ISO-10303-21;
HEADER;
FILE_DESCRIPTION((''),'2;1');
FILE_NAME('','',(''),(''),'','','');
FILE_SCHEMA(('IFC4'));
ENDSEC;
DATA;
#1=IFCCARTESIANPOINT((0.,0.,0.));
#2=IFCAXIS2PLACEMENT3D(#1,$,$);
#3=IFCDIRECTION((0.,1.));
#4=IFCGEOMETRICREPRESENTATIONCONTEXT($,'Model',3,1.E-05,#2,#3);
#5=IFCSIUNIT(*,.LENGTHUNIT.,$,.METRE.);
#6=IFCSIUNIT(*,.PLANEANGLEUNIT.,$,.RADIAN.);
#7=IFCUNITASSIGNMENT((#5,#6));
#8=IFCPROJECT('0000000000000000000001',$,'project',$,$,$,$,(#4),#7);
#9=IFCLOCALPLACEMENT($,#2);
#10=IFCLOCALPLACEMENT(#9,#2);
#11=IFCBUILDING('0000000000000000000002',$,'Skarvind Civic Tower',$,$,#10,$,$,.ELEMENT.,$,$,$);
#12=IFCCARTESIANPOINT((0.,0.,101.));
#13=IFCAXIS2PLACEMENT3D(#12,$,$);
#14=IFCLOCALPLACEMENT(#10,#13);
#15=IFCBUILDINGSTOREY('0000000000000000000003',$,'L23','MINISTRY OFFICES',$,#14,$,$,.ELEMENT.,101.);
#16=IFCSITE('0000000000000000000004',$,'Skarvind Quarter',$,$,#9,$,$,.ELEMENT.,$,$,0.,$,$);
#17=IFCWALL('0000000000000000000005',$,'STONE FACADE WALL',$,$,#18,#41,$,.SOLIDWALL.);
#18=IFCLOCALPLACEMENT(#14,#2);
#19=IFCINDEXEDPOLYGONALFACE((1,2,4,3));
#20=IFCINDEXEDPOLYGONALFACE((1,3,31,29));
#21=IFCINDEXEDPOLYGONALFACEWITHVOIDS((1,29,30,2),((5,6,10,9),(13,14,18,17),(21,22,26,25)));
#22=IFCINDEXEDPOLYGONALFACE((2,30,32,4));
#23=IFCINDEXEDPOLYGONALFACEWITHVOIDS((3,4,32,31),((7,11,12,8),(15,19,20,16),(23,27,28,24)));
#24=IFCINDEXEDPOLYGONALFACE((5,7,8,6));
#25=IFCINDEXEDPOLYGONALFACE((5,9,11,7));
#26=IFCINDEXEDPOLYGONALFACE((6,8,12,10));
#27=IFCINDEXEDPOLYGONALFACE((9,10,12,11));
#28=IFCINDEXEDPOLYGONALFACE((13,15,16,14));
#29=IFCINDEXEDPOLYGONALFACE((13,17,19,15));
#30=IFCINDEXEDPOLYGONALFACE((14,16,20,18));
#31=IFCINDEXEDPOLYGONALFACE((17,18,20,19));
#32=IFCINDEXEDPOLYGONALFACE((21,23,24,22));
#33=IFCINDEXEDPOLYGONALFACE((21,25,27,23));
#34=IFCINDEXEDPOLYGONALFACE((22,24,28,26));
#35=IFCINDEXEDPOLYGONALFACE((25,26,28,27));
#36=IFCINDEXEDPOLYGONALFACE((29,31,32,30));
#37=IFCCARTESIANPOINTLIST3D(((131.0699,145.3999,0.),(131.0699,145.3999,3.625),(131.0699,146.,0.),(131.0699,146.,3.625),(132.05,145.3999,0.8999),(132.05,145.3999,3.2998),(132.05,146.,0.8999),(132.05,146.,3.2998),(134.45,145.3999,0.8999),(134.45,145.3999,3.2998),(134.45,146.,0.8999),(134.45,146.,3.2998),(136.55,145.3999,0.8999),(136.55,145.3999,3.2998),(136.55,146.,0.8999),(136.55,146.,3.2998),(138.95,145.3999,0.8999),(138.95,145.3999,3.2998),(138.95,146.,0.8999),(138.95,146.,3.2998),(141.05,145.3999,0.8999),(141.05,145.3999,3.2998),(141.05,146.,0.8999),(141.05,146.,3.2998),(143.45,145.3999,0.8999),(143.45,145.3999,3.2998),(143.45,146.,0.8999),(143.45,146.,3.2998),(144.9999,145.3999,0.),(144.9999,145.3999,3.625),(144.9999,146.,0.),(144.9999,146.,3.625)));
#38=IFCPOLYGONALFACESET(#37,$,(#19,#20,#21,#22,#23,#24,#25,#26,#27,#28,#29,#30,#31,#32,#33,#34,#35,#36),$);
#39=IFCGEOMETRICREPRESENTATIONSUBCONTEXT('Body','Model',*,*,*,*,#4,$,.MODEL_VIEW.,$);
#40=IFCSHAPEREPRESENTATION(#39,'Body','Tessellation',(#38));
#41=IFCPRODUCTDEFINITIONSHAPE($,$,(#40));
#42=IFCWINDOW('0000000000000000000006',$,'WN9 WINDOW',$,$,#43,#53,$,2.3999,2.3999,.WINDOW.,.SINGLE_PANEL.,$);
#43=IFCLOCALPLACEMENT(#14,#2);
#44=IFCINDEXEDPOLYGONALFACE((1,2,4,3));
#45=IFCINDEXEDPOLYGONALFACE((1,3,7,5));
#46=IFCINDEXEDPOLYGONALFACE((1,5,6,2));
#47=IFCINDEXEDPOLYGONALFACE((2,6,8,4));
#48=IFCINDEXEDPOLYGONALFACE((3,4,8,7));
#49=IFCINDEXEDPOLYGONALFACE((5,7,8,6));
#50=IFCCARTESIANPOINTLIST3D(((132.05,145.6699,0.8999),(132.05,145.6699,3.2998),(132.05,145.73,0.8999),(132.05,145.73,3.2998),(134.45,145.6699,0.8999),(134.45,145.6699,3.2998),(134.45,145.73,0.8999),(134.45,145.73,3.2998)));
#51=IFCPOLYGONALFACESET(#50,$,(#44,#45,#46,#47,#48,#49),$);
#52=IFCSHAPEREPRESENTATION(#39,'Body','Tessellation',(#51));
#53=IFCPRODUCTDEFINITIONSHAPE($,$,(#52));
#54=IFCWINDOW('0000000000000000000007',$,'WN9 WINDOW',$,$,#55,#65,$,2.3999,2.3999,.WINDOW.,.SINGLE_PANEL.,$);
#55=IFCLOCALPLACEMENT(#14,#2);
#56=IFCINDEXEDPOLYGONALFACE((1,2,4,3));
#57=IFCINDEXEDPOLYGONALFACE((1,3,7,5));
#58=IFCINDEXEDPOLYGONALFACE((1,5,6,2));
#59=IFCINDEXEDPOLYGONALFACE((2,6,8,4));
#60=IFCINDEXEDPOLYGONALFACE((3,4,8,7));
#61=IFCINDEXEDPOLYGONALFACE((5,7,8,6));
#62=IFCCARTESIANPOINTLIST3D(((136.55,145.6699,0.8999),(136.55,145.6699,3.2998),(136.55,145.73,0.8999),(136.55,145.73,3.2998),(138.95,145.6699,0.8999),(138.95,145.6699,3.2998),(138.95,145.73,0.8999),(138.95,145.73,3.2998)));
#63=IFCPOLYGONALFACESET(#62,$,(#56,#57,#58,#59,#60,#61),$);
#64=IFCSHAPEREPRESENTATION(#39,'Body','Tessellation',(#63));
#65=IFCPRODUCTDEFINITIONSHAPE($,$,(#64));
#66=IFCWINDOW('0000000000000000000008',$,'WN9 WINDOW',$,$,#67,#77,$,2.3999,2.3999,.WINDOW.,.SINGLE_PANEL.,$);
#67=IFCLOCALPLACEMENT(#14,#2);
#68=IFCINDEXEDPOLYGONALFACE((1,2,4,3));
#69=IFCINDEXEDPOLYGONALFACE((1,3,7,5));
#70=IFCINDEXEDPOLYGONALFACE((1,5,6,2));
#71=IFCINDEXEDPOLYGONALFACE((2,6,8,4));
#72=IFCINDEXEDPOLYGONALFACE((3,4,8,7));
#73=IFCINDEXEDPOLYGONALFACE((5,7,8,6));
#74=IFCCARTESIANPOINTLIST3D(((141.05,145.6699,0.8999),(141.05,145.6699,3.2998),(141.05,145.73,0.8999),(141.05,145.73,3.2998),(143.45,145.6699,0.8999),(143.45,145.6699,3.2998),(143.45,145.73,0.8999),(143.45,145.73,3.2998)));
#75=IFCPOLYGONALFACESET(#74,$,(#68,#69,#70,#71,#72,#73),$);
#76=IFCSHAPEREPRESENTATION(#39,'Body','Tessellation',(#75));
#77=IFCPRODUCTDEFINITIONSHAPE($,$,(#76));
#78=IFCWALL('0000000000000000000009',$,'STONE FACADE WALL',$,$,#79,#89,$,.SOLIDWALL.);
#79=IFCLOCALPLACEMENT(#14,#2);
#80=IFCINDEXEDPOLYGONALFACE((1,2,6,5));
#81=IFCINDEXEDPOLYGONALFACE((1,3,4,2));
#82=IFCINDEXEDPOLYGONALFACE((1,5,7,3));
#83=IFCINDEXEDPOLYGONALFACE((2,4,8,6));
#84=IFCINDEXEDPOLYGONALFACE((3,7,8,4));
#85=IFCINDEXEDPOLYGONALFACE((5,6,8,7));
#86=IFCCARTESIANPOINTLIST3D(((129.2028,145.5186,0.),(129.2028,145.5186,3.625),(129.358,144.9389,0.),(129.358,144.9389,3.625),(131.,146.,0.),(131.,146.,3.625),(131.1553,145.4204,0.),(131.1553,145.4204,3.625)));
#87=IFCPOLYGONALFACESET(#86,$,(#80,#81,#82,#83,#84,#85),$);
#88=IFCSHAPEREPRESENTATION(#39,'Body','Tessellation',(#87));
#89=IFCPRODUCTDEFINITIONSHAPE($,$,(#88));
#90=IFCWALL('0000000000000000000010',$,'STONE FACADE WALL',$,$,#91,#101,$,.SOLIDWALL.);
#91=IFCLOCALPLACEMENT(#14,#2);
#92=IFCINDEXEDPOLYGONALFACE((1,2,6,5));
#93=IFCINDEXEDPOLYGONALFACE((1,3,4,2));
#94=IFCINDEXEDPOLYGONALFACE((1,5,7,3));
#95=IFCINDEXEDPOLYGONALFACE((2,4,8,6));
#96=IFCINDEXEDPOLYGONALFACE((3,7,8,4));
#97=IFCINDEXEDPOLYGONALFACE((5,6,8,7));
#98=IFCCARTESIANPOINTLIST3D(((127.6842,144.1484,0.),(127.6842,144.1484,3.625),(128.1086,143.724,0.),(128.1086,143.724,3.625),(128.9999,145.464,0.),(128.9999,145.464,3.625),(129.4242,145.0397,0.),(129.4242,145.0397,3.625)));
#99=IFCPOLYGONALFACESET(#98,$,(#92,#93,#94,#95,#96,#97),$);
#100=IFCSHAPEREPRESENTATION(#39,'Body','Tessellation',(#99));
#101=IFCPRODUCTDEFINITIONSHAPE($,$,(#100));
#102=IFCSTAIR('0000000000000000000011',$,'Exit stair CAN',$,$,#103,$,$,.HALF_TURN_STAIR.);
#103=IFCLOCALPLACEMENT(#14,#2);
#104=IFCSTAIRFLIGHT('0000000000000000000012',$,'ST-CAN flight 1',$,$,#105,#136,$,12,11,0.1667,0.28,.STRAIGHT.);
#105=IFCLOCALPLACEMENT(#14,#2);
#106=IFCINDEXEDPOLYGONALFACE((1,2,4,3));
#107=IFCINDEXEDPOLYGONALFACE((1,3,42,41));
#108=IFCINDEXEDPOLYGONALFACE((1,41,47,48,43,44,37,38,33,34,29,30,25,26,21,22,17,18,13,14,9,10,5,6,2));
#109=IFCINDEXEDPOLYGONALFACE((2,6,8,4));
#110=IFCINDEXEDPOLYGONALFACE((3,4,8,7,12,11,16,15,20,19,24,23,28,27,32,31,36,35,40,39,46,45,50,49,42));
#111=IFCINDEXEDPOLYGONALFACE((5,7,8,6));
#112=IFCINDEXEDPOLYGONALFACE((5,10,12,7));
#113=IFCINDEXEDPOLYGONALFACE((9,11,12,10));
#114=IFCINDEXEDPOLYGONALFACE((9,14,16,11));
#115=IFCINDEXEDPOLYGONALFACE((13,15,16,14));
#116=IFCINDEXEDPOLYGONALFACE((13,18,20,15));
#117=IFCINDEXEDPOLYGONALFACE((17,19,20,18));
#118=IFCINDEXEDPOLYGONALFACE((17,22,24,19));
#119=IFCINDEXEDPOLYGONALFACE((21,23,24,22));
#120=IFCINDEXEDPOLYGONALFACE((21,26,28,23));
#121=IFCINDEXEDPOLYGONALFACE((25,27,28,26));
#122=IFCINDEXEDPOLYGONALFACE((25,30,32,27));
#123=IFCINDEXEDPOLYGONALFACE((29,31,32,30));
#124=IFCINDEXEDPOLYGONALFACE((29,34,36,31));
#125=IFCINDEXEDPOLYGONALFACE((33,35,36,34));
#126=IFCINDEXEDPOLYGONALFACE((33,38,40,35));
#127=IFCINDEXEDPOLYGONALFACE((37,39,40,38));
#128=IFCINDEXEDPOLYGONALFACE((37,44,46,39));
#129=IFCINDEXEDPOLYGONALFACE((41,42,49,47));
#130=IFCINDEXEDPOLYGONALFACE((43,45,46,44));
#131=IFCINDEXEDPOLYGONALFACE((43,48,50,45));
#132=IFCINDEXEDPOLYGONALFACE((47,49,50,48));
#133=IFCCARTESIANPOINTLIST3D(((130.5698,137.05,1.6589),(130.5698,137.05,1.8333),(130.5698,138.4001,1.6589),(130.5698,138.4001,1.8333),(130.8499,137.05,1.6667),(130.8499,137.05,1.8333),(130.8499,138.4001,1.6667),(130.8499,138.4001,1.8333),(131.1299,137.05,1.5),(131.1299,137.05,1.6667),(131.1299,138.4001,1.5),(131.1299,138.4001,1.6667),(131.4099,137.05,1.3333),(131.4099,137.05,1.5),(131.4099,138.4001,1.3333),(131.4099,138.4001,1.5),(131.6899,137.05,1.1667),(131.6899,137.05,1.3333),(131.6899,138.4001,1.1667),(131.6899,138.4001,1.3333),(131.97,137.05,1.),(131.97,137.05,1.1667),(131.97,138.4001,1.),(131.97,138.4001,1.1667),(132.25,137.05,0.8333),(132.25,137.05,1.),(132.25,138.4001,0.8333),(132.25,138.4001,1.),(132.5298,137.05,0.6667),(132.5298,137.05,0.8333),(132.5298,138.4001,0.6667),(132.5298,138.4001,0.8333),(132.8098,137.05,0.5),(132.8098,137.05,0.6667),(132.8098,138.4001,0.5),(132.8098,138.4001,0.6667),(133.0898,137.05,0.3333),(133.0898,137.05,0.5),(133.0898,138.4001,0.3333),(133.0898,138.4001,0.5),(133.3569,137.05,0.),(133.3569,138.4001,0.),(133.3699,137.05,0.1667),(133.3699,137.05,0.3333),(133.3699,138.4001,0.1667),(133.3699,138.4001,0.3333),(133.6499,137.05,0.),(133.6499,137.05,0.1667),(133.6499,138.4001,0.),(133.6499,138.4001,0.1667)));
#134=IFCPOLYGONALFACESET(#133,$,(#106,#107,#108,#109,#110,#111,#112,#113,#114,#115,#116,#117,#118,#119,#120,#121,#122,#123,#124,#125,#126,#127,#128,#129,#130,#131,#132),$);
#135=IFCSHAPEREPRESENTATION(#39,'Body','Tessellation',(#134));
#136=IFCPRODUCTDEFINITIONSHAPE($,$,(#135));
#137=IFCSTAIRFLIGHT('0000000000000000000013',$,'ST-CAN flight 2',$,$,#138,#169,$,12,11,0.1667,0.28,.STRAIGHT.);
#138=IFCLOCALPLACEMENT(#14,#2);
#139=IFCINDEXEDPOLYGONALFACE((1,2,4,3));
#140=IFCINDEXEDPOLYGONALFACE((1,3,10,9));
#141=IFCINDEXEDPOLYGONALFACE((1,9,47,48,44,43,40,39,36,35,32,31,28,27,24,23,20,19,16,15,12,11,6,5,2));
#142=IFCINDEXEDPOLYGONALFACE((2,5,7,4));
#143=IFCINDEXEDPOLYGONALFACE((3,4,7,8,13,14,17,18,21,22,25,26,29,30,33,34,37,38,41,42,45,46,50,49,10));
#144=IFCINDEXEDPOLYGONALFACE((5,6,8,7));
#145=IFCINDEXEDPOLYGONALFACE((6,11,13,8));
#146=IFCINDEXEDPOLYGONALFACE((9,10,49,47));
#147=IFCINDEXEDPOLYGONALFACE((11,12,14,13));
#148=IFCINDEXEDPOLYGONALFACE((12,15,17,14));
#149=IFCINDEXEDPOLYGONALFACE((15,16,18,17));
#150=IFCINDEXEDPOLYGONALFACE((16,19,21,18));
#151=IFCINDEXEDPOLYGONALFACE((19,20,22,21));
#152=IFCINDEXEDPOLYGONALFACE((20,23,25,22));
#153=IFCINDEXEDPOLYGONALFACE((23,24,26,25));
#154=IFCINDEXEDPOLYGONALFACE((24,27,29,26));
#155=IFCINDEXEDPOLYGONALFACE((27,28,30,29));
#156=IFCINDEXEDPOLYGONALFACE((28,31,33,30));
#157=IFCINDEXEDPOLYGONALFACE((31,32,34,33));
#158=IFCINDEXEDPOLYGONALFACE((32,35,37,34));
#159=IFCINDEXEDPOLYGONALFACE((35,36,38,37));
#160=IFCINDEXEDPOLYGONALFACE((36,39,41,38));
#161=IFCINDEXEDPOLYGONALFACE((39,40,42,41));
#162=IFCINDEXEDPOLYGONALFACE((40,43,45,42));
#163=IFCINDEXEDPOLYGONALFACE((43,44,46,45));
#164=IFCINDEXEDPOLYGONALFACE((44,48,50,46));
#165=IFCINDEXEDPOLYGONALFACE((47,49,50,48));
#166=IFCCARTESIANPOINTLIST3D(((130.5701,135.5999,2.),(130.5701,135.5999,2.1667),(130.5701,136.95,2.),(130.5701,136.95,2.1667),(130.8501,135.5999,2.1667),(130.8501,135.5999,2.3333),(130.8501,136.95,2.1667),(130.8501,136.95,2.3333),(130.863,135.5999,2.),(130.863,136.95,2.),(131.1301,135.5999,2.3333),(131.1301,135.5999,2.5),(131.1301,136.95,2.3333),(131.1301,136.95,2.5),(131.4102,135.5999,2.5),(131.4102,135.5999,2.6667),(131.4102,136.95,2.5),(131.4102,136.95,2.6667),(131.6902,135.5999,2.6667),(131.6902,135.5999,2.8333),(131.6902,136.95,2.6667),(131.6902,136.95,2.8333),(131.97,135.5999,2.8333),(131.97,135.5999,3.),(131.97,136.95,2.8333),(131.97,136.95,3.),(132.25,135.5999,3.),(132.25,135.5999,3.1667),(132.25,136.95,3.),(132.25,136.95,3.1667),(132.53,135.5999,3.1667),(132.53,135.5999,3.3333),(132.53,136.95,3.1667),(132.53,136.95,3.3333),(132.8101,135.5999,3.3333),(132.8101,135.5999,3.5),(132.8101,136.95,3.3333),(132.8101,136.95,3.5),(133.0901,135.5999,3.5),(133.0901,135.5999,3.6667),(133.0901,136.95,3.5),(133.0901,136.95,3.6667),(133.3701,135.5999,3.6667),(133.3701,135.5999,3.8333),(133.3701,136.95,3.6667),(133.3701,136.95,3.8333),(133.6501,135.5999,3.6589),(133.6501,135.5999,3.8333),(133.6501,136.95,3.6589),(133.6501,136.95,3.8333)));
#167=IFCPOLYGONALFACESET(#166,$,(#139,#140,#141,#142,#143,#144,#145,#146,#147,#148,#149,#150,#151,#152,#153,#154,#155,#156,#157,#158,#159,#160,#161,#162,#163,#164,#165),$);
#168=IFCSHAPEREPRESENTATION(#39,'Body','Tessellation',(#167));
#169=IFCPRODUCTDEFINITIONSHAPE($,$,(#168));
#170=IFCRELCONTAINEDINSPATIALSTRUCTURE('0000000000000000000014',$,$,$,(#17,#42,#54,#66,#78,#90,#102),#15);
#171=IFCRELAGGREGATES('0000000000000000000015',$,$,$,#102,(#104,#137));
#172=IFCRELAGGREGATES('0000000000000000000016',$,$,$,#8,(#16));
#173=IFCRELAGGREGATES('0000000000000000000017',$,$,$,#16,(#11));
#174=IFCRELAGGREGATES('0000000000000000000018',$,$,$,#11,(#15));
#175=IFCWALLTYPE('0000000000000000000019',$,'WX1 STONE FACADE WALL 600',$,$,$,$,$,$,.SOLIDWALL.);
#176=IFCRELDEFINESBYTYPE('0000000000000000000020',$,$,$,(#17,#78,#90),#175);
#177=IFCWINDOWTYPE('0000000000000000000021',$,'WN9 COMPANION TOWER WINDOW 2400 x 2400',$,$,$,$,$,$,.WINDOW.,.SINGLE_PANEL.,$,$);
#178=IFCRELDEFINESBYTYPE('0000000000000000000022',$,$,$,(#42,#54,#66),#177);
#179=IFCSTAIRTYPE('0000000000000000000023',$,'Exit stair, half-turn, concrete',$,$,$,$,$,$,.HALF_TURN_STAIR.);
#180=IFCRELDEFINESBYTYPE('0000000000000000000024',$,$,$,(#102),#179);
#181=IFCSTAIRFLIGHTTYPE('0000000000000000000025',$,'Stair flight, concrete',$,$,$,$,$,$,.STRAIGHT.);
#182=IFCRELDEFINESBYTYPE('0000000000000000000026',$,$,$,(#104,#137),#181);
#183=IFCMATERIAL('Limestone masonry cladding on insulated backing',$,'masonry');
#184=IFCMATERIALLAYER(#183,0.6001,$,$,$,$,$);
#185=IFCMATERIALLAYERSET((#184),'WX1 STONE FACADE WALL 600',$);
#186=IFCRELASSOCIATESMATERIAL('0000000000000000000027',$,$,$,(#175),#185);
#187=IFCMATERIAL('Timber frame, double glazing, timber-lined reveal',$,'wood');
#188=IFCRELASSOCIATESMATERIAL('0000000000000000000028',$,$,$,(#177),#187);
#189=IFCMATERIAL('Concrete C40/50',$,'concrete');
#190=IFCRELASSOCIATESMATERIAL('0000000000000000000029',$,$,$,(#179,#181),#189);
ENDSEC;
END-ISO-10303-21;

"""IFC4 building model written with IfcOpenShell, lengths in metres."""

from ifc_helpers import new_model, si_unit, direction, frame, frame_2d, origin, place, context, subcontext, project, spatial, polyline, rectangle, outline, extrude, material, layer, layer_set, type_object, element, fill, aggregate, save


model = new_model("IFC4")

# Units and contexts
model_context = context("Model", 3, precision=1e-05, world=origin(), true_north=direction((0.0, 1.0)))
body_context = subcontext(model_context, "Body", "Model", "MODEL_VIEW")
ifc_project = project(units=[si_unit("LENGTHUNIT", "METRE"), si_unit("PLANEANGLEUNIT", "RADIAN")], contexts=[model_context])

# Site, building, storey
site_placement = place(None, origin())
site = spatial("IfcSite", under=ifc_project, at=site_placement, Name="Skarvind Quarter", CompositionType="ELEMENT", RefElevation=0.0)
building_placement = place(site_placement, origin())
building = spatial("IfcBuilding", under=site, at=building_placement, Name="Skarvind Civic Tower", CompositionType="ELEMENT")
storey_placement = place(building_placement, frame((0.0, 0.0, 101.0)))
storey = spatial("IfcBuildingStorey", under=building, at=storey_placement, Name="L23", Description="MINISTRY OFFICES", CompositionType="ELEMENT", Elevation=101.0)

# Wall, openings, windows
ifc_material_1 = material(Name="Limestone masonry cladding on insulated backing", Category="masonry")
ifc_layer_1 = layer(ifc_material_1, 0.6001)
ifc_layer_set_1 = layer_set([ifc_layer_1], Name="WX1 STONE FACADE WALL 600")
wall_type_1 = type_object("IfcWallType", Name="WX1 STONE FACADE WALL 600", PredefinedType="SOLIDWALL", material=ifc_layer_set_1)
wall_1_placement = place(storey_placement, frame((131.0701, 145.7, 0.0), z_axis=(0.0, 0.0, 1.0), x_axis=(1.0, 0.0, 0.0)))
wall_1 = element("IfcWall", 1, at=wall_1_placement, inside=storey, type_object=wall_type_1, Name="STONE FACADE WALL", PredefinedType="SOLIDWALL", context=body_context, shape_type="SweptSolid", body=[
    extrude(rectangle(XDim=13.9299, YDim=0.6001, at=frame_2d((6.9648, 0.0))), origin(), (0.0, 0.0, 1.0), 3.625),
])
opening_1_placement = place(wall_1_placement, frame((0.98, 0.0, 0.8999)))
opening_1 = element("IfcOpeningElement", 2, at=opening_1_placement, cuts=wall_1, PredefinedType="OPENING", context=body_context, shape_type="SweptSolid", body=[
    extrude(rectangle(XDim=2.3999, YDim=2.3999, at=frame_2d((1.2, 1.2))), frame((0.0, 0.3101, 0.0), z_axis=(0.0, -1.0, 0.0), x_axis=(1.0, 0.0, 0.0)), (0.0, 0.0, 1.0), 0.6201),
])
opening_2_placement = place(wall_1_placement, frame((5.48, 0.0, 0.8999)))
opening_2 = element("IfcOpeningElement", 3, at=opening_2_placement, cuts=wall_1, PredefinedType="OPENING", context=body_context, shape_type="SweptSolid", body=[
    extrude(rectangle(XDim=2.3999, YDim=2.3999, at=frame_2d((1.2, 1.2))), frame((0.0, 0.3101, 0.0), z_axis=(0.0, -1.0, 0.0), x_axis=(1.0, 0.0, 0.0)), (0.0, 0.0, 1.0), 0.6201),
])
opening_3_placement = place(wall_1_placement, frame((9.98, 0.0, 0.8999)))
opening_3 = element("IfcOpeningElement", 4, at=opening_3_placement, cuts=wall_1, PredefinedType="OPENING", context=body_context, shape_type="SweptSolid", body=[
    extrude(rectangle(XDim=2.3999, YDim=2.3999, at=frame_2d((1.2, 1.2))), frame((0.0, 0.3101, 0.0), z_axis=(0.0, -1.0, 0.0), x_axis=(1.0, 0.0, 0.0)), (0.0, 0.0, 1.0), 0.6201),
])
ifc_material_2 = material(Name="Timber frame, double glazing, timber-lined reveal", Category="wood")
window_type = type_object("IfcWindowType", Name="WN9 COMPANION TOWER WINDOW 2400 x 2400", PartitioningType="SINGLE_PANEL", PredefinedType="WINDOW", material=ifc_material_2)
window_1_placement = place(opening_1_placement, origin())
window_1 = element("IfcWindow", 5, at=window_1_placement, inside=storey, type_object=window_type, Name="WN9 WINDOW", OverallHeight=2.3999, OverallWidth=2.3999, PartitioningType="SINGLE_PANEL", PredefinedType="WINDOW", context=body_context, shape_type="SweptSolid", body=[
    extrude(rectangle(XDim=2.3999, YDim=2.3999, at=frame_2d((1.2, 1.2))), frame((0.0, 0.03, 0.0), z_axis=(0.0, -1.0, 0.0), x_axis=(1.0, 0.0, 0.0)), (0.0, 0.0, 1.0), 0.0601),
])
fill(opening_1, window_1)
window_2_placement = place(opening_2_placement, origin())
window_2 = element("IfcWindow", 6, at=window_2_placement, inside=storey, type_object=window_type, Name="WN9 WINDOW", OverallHeight=2.3999, OverallWidth=2.3999, PartitioningType="SINGLE_PANEL", PredefinedType="WINDOW", context=body_context, shape_type="SweptSolid", body=[
    extrude(rectangle(XDim=2.3999, YDim=2.3999, at=frame_2d((1.2, 1.2))), frame((0.0, 0.03, 0.0), z_axis=(0.0, -1.0, 0.0), x_axis=(1.0, 0.0, 0.0)), (0.0, 0.0, 1.0), 0.0601),
])
fill(opening_2, window_2)
window_3_placement = place(opening_3_placement, origin())
window_3 = element("IfcWindow", 7, at=window_3_placement, inside=storey, type_object=window_type, Name="WN9 WINDOW", OverallHeight=2.3999, OverallWidth=2.3999, PartitioningType="SINGLE_PANEL", PredefinedType="WINDOW", context=body_context, shape_type="SweptSolid", body=[
    extrude(rectangle(XDim=2.3999, YDim=2.3999, at=frame_2d((1.2, 1.2))), frame((0.0, 0.03, 0.0), z_axis=(0.0, -1.0, 0.0), x_axis=(1.0, 0.0, 0.0)), (0.0, 0.0, 1.0), 0.0601),
])
fill(opening_3, window_3)

# Walls
for number, where, z_axis, x_axis, name in (
    (8, (129.2805, 145.2288, 0.0), (0.0, 0.0, 1.0), (0.965938, 0.258773, 0.0), "STONE FACADE WALL"),
    (9, (127.8965, 143.9363, 0.0), (0.0, 0.0, 1.0), (0.707107, 0.707107, 0.0), "STONE FACADE WALL"),
):
    element("IfcWall", number, at=place(storey_placement, frame(where, z_axis=z_axis, x_axis=x_axis)), inside=storey, type_object=wall_type_1, Name=name, PredefinedType="SOLIDWALL", context=body_context, shape_type="SweptSolid", body=[
        extrude(rectangle(XDim=1.8606, YDim=0.6001, at=frame_2d((0.9302, 0.0))), origin(), (0.0, 0.0, 1.0), 3.625),
    ])

# Stair, stair flights
ifc_material_3 = material(Name="Concrete C40/50", Category="concrete")
stair_type = type_object("IfcStairType", Name="Exit stair, half-turn, concrete", PredefinedType="HALF_TURN_STAIR", material=ifc_material_3)
stair_placement = place(storey_placement, origin())
stair = element("IfcStair", 10, at=stair_placement, inside=storey, type_object=stair_type, Name="Exit stair CAN", PredefinedType="HALF_TURN_STAIR")
stair_flight_type = type_object("IfcStairFlightType", Name="Stair flight, concrete", PredefinedType="STRAIGHT", material=ifc_material_3)
stair_flight_1_placement = place(storey_placement, frame((133.6499, 137.7251, 0.0), z_axis=(0.0, 0.0, 1.0), x_axis=(-1.0, 0.0, 0.0)))
stair_flight_1 = element("IfcStairFlight", 11, at=stair_flight_1_placement, type_object=stair_flight_type, Name="ST-CAN flight 1", NumberOfRisers=12, NumberOfTreads=11, PredefinedType="STRAIGHT", RiserHeight=0.1667, TreadLength=0.28, context=body_context, shape_type="SweptSolid", body=[
    extrude(outline(polyline([(0.0, 0.0), (0.0, 0.1667), (0.28, 0.1667), (0.28, 0.3333), (0.5601, 0.3333), (0.5601, 0.5), (0.8401, 0.5), (0.8401, 0.6667), (1.1201, 0.6667), (1.1201, 0.8333), (1.3999, 0.8333), (1.3999, 1.0), (1.6799, 1.0), (1.6799, 1.1667), (1.96, 1.1667), (1.96, 1.3333), (2.24, 1.3333), (2.24, 1.5), (2.52, 1.5), (2.52, 1.6667), (2.8, 1.6667), (2.8, 1.8333), (3.0801, 1.8333), (3.0801, 2.0), (3.0801, 1.6589), (0.293, 0.0), (0.0, 0.0)])), frame((0.0, 0.675, 0.0), z_axis=(0.0, -1.0, 0.0), x_axis=(1.0, 0.0, 0.0)), (0.0, 0.0, 1.0), 1.3501),
])
stair_flight_2_placement = place(storey_placement, frame((130.5701, 136.2749, 2.0), z_axis=(0.0, 0.0, 1.0), x_axis=(1.0, 0.0, 0.0)))
stair_flight_2 = element("IfcStairFlight", 12, at=stair_flight_2_placement, type_object=stair_flight_type, Name="ST-CAN flight 2", NumberOfRisers=12, NumberOfTreads=11, PredefinedType="STRAIGHT", RiserHeight=0.1667, TreadLength=0.28, context=body_context, shape_type="SweptSolid", body=[
    extrude(outline(polyline([(0.0, 0.0), (0.0, 0.1667), (0.28, 0.1667), (0.28, 0.3333), (0.5601, 0.3333), (0.5601, 0.5), (0.8401, 0.5), (0.8401, 0.6667), (1.1201, 0.6667), (1.1201, 0.8333), (1.3999, 0.8333), (1.3999, 1.0), (1.6799, 1.0), (1.6799, 1.1667), (1.96, 1.1667), (1.96, 1.3333), (2.24, 1.3333), (2.24, 1.5), (2.52, 1.5), (2.52, 1.6667), (2.8, 1.6667), (2.8, 1.8333), (3.0801, 1.8333), (3.0801, 2.0), (3.0801, 1.6589), (0.293, 0.0), (0.0, 0.0)])), frame((0.0, 0.675, 0.0), z_axis=(0.0, -1.0, 0.0), x_axis=(1.0, 0.0, 0.0)), (0.0, 0.0, 1.0), 1.3501),
])
aggregate(stair, [stair_flight_1, stair_flight_2])

save(model, "model.ifc")
